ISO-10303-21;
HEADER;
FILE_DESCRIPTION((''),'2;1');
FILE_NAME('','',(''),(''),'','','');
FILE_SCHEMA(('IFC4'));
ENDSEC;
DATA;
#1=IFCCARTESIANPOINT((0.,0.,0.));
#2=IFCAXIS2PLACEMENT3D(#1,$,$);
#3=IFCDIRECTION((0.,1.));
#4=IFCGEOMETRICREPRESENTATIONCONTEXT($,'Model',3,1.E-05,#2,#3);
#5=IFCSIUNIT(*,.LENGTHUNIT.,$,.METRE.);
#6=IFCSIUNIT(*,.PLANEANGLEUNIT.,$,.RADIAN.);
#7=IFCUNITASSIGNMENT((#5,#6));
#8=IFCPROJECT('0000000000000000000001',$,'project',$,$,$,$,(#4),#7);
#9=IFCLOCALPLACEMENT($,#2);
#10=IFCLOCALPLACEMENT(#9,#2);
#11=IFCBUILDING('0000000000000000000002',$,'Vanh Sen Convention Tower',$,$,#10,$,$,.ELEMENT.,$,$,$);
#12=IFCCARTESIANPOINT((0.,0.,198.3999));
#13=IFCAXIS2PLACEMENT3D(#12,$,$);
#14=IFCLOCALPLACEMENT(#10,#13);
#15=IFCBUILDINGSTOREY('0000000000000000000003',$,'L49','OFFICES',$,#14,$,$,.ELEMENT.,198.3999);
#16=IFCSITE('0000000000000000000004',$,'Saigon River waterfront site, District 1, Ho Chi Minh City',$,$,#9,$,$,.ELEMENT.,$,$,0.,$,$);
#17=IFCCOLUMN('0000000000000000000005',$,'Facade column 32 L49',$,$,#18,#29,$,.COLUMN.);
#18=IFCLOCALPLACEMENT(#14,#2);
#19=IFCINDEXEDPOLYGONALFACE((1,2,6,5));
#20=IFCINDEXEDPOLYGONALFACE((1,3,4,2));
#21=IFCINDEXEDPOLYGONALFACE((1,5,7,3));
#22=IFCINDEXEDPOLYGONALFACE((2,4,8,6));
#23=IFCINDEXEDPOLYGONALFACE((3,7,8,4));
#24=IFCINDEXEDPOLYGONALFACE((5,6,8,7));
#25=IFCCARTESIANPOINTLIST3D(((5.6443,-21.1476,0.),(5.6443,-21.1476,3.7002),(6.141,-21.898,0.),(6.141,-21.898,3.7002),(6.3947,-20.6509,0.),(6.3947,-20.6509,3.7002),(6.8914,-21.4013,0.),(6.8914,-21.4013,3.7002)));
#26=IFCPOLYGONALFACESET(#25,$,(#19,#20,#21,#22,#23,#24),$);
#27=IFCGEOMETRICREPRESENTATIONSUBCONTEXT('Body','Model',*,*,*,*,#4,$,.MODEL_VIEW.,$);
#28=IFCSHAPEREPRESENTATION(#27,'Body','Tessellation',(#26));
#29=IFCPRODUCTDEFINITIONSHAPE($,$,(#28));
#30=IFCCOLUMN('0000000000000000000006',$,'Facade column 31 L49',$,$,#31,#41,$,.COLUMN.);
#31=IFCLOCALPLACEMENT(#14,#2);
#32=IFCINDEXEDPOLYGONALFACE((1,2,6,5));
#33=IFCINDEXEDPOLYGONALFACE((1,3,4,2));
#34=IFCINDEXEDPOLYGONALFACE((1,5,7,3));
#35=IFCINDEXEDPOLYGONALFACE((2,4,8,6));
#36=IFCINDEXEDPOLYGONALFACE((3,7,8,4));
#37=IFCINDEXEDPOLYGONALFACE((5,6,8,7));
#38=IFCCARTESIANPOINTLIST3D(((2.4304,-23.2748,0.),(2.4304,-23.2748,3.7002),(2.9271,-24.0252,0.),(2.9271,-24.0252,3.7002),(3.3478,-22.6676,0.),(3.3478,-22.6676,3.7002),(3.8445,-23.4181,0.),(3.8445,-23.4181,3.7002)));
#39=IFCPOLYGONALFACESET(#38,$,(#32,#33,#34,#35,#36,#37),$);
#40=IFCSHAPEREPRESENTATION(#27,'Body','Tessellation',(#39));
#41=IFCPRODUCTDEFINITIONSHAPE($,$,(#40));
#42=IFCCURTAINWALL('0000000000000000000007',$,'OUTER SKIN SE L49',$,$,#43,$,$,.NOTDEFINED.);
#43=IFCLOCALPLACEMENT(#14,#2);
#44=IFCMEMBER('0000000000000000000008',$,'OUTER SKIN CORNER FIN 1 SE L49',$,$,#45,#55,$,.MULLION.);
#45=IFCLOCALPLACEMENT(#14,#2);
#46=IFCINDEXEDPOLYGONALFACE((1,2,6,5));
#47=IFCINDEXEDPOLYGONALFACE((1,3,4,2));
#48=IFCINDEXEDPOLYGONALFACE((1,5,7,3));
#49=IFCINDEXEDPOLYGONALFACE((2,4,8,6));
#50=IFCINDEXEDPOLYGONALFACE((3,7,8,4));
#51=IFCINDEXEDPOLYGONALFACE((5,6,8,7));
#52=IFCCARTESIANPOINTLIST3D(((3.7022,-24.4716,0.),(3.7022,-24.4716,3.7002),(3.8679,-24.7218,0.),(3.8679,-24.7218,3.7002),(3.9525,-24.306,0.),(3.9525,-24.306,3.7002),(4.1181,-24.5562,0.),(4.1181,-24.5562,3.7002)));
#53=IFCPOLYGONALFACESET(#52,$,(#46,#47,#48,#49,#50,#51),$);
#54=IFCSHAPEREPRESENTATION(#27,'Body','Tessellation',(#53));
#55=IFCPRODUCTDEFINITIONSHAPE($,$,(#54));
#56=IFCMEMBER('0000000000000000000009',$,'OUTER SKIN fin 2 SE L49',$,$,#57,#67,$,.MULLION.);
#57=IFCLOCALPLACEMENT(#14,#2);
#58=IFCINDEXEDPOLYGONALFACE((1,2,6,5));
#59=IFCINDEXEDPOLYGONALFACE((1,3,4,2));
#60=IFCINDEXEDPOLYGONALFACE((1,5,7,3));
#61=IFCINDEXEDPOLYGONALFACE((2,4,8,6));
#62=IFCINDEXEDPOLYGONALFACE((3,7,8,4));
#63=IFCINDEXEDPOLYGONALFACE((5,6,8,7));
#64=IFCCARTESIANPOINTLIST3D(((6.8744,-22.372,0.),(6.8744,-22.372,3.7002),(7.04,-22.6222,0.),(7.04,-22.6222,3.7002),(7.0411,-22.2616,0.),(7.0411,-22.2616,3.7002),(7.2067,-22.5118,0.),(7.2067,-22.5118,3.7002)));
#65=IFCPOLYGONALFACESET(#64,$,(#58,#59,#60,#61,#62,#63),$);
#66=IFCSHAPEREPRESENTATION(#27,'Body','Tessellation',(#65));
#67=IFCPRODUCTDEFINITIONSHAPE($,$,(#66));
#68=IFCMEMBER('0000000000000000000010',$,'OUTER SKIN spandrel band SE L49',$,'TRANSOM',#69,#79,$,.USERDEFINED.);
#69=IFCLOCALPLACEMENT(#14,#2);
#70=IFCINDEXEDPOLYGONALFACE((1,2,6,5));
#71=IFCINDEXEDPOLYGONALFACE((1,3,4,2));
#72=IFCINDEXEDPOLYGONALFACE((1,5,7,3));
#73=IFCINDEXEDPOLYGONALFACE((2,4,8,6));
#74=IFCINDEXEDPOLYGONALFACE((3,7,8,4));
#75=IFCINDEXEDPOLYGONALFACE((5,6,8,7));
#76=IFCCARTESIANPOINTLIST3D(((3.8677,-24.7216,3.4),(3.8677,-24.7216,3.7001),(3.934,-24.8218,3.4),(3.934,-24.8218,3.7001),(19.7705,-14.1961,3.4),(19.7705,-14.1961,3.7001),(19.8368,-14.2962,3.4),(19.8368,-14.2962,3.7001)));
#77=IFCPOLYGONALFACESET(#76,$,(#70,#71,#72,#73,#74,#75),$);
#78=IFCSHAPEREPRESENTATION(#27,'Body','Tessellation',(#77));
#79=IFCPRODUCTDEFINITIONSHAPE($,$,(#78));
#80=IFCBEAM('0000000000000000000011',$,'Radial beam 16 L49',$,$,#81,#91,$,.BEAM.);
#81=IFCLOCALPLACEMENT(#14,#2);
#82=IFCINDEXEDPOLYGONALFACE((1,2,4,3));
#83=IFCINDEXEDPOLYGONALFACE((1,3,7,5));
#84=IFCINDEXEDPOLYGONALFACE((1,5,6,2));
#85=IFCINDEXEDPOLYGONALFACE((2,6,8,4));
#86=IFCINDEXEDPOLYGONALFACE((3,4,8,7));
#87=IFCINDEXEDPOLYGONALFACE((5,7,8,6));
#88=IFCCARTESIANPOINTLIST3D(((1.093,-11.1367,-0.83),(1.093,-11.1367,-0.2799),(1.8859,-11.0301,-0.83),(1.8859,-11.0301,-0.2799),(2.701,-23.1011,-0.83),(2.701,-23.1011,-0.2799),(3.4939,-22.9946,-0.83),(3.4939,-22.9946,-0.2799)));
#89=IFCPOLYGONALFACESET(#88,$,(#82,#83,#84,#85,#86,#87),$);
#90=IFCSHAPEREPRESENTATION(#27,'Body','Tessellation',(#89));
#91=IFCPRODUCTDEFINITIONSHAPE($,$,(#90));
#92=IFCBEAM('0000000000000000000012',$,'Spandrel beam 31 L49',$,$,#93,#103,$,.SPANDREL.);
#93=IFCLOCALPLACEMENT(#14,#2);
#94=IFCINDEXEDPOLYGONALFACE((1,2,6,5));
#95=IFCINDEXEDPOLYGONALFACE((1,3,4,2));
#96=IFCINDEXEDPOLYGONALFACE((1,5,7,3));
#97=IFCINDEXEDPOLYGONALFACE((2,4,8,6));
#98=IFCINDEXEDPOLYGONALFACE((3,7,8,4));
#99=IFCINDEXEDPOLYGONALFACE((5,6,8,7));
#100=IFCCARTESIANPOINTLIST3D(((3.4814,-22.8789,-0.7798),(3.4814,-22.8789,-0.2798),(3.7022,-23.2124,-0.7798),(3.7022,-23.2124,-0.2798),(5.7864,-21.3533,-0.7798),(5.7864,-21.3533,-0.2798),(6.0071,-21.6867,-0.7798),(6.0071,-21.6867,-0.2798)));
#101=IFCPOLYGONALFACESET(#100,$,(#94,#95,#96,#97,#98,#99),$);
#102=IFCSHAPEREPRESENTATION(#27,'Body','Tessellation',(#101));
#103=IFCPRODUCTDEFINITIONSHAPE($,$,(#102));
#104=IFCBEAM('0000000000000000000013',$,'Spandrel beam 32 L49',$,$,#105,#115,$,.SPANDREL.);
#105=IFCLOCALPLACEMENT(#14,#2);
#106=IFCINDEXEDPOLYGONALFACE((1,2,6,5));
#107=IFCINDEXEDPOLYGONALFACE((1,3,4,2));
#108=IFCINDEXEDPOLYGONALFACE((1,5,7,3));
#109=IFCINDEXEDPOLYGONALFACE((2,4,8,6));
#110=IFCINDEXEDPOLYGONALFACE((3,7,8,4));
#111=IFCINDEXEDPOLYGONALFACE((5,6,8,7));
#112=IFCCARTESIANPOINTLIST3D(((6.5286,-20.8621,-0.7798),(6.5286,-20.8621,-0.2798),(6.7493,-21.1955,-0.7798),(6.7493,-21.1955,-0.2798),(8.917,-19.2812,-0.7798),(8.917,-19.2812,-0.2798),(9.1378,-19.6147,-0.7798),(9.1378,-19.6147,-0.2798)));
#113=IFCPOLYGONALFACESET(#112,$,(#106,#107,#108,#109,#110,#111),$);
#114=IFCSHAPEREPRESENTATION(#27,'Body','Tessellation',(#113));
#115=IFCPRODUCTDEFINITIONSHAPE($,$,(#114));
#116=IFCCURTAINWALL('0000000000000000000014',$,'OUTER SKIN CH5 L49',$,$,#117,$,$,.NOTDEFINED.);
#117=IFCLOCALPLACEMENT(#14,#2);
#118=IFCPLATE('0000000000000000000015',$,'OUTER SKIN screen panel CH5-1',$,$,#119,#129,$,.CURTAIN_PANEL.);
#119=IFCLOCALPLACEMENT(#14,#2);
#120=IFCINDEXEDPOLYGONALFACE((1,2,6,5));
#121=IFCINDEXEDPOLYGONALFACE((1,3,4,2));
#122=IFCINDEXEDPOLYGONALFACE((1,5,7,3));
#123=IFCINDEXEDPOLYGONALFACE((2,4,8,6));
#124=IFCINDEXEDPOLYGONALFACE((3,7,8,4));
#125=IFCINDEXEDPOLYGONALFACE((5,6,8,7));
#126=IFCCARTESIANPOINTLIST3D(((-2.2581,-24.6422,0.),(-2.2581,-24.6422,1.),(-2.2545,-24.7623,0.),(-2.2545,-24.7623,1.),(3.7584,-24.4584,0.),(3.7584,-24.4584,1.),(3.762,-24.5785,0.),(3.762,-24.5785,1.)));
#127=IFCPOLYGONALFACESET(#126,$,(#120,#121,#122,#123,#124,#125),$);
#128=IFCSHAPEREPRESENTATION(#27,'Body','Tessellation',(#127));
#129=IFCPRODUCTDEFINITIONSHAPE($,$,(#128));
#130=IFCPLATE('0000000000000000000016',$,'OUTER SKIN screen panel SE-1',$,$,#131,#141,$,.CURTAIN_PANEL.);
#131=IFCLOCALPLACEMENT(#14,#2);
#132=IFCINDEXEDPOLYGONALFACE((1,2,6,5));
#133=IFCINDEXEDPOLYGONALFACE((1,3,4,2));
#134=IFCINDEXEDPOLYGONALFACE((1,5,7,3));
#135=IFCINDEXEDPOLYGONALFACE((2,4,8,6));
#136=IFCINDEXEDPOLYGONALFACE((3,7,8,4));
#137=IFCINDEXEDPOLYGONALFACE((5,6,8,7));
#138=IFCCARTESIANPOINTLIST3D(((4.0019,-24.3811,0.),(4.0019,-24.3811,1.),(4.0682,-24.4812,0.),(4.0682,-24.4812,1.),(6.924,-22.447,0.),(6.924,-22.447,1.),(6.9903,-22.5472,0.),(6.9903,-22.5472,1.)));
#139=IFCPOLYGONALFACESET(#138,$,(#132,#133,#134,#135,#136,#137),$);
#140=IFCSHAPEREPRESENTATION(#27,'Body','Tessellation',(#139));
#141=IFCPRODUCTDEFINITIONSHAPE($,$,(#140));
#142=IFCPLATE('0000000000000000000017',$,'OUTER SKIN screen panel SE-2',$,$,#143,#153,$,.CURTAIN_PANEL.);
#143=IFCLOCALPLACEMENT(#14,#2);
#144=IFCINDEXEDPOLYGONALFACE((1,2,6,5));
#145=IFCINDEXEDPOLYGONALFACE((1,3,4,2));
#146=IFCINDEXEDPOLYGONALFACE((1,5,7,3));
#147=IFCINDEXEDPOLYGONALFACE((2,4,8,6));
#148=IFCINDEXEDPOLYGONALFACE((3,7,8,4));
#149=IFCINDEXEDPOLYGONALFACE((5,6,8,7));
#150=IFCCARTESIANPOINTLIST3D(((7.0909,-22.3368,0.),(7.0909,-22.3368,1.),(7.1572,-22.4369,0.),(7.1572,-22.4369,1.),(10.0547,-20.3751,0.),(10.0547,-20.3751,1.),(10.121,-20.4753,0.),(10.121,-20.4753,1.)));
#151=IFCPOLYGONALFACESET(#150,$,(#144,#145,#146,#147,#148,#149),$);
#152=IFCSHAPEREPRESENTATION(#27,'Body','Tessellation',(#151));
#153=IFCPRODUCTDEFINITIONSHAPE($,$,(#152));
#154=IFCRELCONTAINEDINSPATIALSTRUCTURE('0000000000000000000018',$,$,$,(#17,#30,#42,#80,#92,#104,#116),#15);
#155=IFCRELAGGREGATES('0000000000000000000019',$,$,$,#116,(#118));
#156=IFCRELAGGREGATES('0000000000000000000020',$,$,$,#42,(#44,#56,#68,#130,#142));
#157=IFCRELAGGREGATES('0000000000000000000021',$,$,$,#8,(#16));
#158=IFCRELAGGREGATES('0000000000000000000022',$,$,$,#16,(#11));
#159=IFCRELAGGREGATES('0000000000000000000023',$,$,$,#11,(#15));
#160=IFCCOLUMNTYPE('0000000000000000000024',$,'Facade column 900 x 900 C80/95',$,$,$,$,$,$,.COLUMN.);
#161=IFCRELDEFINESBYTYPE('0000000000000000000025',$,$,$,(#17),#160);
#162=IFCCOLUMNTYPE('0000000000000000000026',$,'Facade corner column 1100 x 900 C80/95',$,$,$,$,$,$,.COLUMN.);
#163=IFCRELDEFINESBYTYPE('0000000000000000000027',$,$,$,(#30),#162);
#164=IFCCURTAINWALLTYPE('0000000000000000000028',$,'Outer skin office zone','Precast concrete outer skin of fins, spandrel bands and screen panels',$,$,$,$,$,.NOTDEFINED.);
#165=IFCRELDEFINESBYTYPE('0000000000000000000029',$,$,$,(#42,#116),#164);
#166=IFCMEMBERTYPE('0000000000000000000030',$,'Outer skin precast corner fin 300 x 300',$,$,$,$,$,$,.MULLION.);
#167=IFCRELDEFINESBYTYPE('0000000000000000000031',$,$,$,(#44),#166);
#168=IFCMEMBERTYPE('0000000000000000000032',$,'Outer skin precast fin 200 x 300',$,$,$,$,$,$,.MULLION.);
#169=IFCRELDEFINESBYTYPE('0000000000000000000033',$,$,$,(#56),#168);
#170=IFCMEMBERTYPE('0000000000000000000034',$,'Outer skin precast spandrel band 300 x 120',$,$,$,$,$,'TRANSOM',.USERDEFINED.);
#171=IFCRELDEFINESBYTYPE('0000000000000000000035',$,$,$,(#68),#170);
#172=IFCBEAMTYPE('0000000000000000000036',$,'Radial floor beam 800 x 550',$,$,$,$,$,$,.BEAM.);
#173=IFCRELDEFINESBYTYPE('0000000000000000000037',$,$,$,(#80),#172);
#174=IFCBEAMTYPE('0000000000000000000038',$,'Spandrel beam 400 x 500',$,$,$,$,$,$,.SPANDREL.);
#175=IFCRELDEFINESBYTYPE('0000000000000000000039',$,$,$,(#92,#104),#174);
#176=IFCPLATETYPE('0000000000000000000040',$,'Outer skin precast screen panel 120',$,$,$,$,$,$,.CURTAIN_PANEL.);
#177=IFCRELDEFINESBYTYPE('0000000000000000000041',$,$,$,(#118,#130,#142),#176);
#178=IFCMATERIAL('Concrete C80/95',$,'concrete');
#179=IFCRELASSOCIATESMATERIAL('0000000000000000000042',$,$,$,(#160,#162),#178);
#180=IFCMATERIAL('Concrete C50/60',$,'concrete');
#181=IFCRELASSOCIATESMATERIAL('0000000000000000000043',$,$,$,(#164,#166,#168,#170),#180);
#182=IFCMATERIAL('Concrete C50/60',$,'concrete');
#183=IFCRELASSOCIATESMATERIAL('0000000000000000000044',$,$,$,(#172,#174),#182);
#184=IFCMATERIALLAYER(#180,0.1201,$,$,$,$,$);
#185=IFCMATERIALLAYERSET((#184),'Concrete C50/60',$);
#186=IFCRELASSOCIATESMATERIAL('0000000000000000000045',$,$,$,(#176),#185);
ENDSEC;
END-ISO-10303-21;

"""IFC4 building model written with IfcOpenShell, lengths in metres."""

from ifc_helpers import new_model, si_unit, direction, frame, origin, origin_2d, place, context, subcontext, project, spatial, rectangle, extrude, material, layer, layer_set, material_profile, profile_set, type_object, element, aggregate, save


model = new_model("IFC4")

# Units and contexts
model_context = context("Model", 3, precision=1e-05, world=origin(), true_north=direction((0.0, 1.0)))
body_context = subcontext(model_context, "Body", "Model", "MODEL_VIEW")
ifc_project = project(units=[si_unit("LENGTHUNIT", "METRE"), si_unit("PLANEANGLEUNIT", "RADIAN")], contexts=[model_context])

# Site, building, storey
site_placement = place(None, origin())
site = spatial("IfcSite", under=ifc_project, at=site_placement, Name="Saigon River waterfront site, District 1, Ho Chi Minh City", CompositionType="ELEMENT", RefElevation=0.0)
building_placement = place(site_placement, origin())
building = spatial("IfcBuilding", under=site, at=building_placement, Name="Vanh Sen Convention Tower", CompositionType="ELEMENT")
storey_placement = place(building_placement, frame((0.0, 0.0, 198.3999)))
storey = spatial("IfcBuildingStorey", under=building, at=storey_placement, Name="L49", Description="OFFICES", CompositionType="ELEMENT", Elevation=198.3999)

# Columns
ifc_material_1 = material(Name="Concrete C80/95", Category="concrete")
ifc_material_profile_1 = material_profile(ifc_material_1, rectangle(XDim=0.8999, YDim=0.8999, at=origin_2d()), Name="RC 900X900")
ifc_profile_set_1 = profile_set([ifc_material_profile_1], Name="Concrete C80/95")
column_type_1 = type_object("IfcColumnType", Name="Facade column 900 x 900 C80/95", PredefinedType="COLUMN", material=ifc_profile_set_1)
column_1_placement = place(storey_placement, frame((6.2678, -21.2744, 0.0), z_axis=(0.0, 0.0, 1.0), x_axis=(0.833886, 0.551937, 0.0)))
element("IfcColumn", 1, at=column_1_placement, inside=storey, type_object=column_type_1, Name="Facade column 32 L49", PredefinedType="COLUMN", context=body_context, shape_type="SweptSolid", body=[
    extrude(rectangle(XDim=0.8999, YDim=0.8999, at=origin_2d()), origin(), (0.0, 0.0, 1.0), 3.7002),
])
ifc_material_profile_2 = material_profile(ifc_material_1, rectangle(XDim=1.1001, YDim=0.8999, at=origin_2d()), Name="RC 1100X900")
ifc_profile_set_2 = profile_set([ifc_material_profile_2], Name="Concrete C80/95")
column_type_2 = type_object("IfcColumnType", Name="Facade corner column 1100 x 900 C80/95", PredefinedType="COLUMN", material=ifc_profile_set_2)
column_2_placement = place(storey_placement, frame((3.1375, -23.3464, 0.0), z_axis=(0.0, 0.0, 1.0), x_axis=(0.833886, 0.551937, 0.0)))
element("IfcColumn", 2, at=column_2_placement, inside=storey, type_object=column_type_2, Name="Facade column 31 L49", PredefinedType="COLUMN", context=body_context, shape_type="SweptSolid", body=[
    extrude(rectangle(XDim=1.1001, YDim=0.8999, at=origin_2d()), origin(), (0.0, 0.0, 1.0), 3.7002),
])

# Curtain wall, members
ifc_material_2 = material(Name="Concrete C50/60", Category="concrete")
curtain_wall_type = type_object("IfcCurtainWallType", Name="Outer skin office zone", Description="Precast concrete outer skin of fins, spandrel bands and screen panels", PredefinedType="NOTDEFINED", material=ifc_material_2)
curtain_wall_1_placement = place(storey_placement, origin())
curtain_wall_1 = element("IfcCurtainWall", 3, at=curtain_wall_1_placement, inside=storey, type_object=curtain_wall_type, Name="OUTER SKIN SE L49", PredefinedType="NOTDEFINED")
ifc_material_profile_3 = material_profile(ifc_material_2, rectangle(XDim=0.3, YDim=0.3, at=origin_2d()), Name="Outer skin precast corner fin 300 x 300")
ifc_profile_set_3 = profile_set([ifc_material_profile_3], Name="Concrete C50/60")
member_type_1 = type_object("IfcMemberType", Name="Outer skin precast corner fin 300 x 300", PredefinedType="MULLION", material=ifc_profile_set_3)
member_1_placement = place(storey_placement, frame((3.9102, -24.5139, 0.0), z_axis=(0.0, 0.0, 1.0), x_axis=(0.833886, 0.551937, 0.0)))
member_1 = element("IfcMember", 4, at=member_1_placement, type_object=member_type_1, Name="OUTER SKIN CORNER FIN 1 SE L49", PredefinedType="MULLION", context=body_context, shape_type="SweptSolid", body=[
    extrude(rectangle(XDim=0.3, YDim=0.3, at=origin_2d()), origin(), (0.0, 0.0, 1.0), 3.7002),
])
ifc_material_profile_4 = material_profile(ifc_material_2, rectangle(XDim=0.2, YDim=0.3, at=origin_2d()), Name="Outer skin precast fin 200 x 300")
ifc_profile_set_4 = profile_set([ifc_material_profile_4], Name="Concrete C50/60")
member_type_2 = type_object("IfcMemberType", Name="Outer skin precast fin 200 x 300", PredefinedType="MULLION", material=ifc_profile_set_4)
member_2_placement = place(storey_placement, frame((7.0405, -22.4419, 0.0), z_axis=(0.0, 0.0, 1.0), x_axis=(0.833886, 0.551937, 0.0)))
member_2 = element("IfcMember", 5, at=member_2_placement, type_object=member_type_2, Name="OUTER SKIN fin 2 SE L49", PredefinedType="MULLION", context=body_context, shape_type="SweptSolid", body=[
    extrude(rectangle(XDim=0.2, YDim=0.3, at=origin_2d()), origin(), (0.0, 0.0, 1.0), 3.7002),
])
ifc_material_profile_5 = material_profile(ifc_material_2, rectangle(XDim=0.1201, YDim=0.3, at=origin_2d()), Name="Outer skin precast spandrel band 300 x 120")
ifc_profile_set_5 = profile_set([ifc_material_profile_5], Name="Concrete C50/60")
member_type_3 = type_object("IfcMemberType", Name="Outer skin precast spandrel band 300 x 120", ElementType="TRANSOM", PredefinedType="USERDEFINED", material=ifc_profile_set_5)
member_3_placement = place(storey_placement, frame((3.9009, -24.7717, 3.55), z_axis=(0.833891, 0.551929, 0.0), x_axis=(-0.551929, 0.833891, 0.0)))
member_3 = element("IfcMember", 6, at=member_3_placement, type_object=member_type_3, Name="OUTER SKIN spandrel band SE L49", ObjectType="TRANSOM", PredefinedType="USERDEFINED", context=body_context, shape_type="SweptSolid", body=[
    extrude(rectangle(XDim=0.1201, YDim=0.3, at=origin_2d()), origin(), (0.0, 0.0, 1.0), 19.0706),
])

# Beams
ifc_material_3 = material(Name="Concrete C50/60", Category="concrete")
ifc_material_profile_6 = material_profile(ifc_material_3, rectangle(XDim=0.8, YDim=0.55, at=origin_2d()), Name="RC 800X550")
ifc_profile_set_6 = profile_set([ifc_material_profile_6], Name="Concrete C50/60")
beam_type_1 = type_object("IfcBeamType", Name="Radial floor beam 800 x 550", PredefinedType="BEAM", material=ifc_profile_set_6)
beam_1_placement = place(storey_placement, frame((3.0974, -23.0479, -0.5549), z_axis=(-0.133194, 0.99109, 0.0), x_axis=(-0.99109, -0.133194, 0.0)))
element("IfcBeam", 7, at=beam_1_placement, inside=storey, type_object=beam_type_1, Name="Radial beam 16 L49", PredefinedType="BEAM", context=body_context, shape_type="SweptSolid", body=[
    extrude(rectangle(XDim=0.8, YDim=0.55, at=origin_2d()), origin(), (0.0, 0.0, 1.0), 12.072),
])
ifc_material_profile_7 = material_profile(ifc_material_3, rectangle(XDim=0.3999, YDim=0.5, at=origin_2d()), Name="RC 400X500")
ifc_profile_set_7 = profile_set([ifc_material_profile_7], Name="Concrete C50/60")
beam_type_2 = type_object("IfcBeamType", Name="Spandrel beam 400 x 500", PredefinedType="SPANDREL", material=ifc_profile_set_7)
beam_2_placement = place(storey_placement, frame((3.5918, -23.0457, -0.5298), z_axis=(0.83388, 0.551945, 0.0), x_axis=(-0.551945, 0.83388, 0.0)))
element("IfcBeam", 8, at=beam_2_placement, inside=storey, type_object=beam_type_2, Name="Spandrel beam 31 L49", PredefinedType="SPANDREL", context=body_context, shape_type="SweptSolid", body=[
    extrude(rectangle(XDim=0.3999, YDim=0.5, at=origin_2d()), origin(), (0.0, 0.0, 1.0), 2.7642),
])
beam_3_placement = place(storey_placement, frame((6.6389, -21.0288, -0.5298), z_axis=(0.833895, 0.551924, 0.0), x_axis=(-0.551924, 0.833895, 0.0)))
element("IfcBeam", 9, at=beam_3_placement, inside=storey, type_object=beam_type_2, Name="Spandrel beam 32 L49", PredefinedType="SPANDREL", context=body_context, shape_type="SweptSolid", body=[
    extrude(rectangle(XDim=0.3999, YDim=0.5, at=origin_2d()), origin(), (0.0, 0.0, 1.0), 2.8643),
])

# Curtain wall, plate
curtain_wall_2_placement = place(storey_placement, origin())
curtain_wall_2 = element("IfcCurtainWall", 10, at=curtain_wall_2_placement, inside=storey, type_object=curtain_wall_type, Name="OUTER SKIN CH5 L49", PredefinedType="NOTDEFINED")
ifc_layer_1 = layer(ifc_material_2, 0.1201)
ifc_layer_set_1 = layer_set([ifc_layer_1], Name="Concrete C50/60")
plate_type = type_object("IfcPlateType", Name="Outer skin precast screen panel 120", PredefinedType="CURTAIN_PANEL", material=ifc_layer_set_1)
plate_1_placement = place(storey_placement, frame((0.752, -24.6104, 0.0), z_axis=(0.0, 0.0, 1.0), x_axis=(0.999534, 0.03054, 0.0)))
plate_1 = element("IfcPlate", 11, at=plate_1_placement, type_object=plate_type, Name="OUTER SKIN screen panel CH5-1", PredefinedType="CURTAIN_PANEL", context=body_context, shape_type="SweptSolid", body=[
    extrude(rectangle(XDim=6.0193, YDim=0.1201, at=origin_2d()), origin(), (0.0, 0.0, 1.0), 1.0),
])
aggregate(curtain_wall_2, [plate_1])

# Plates
plate_2_placement = place(storey_placement, frame((5.4961, -23.4641, 0.0), z_axis=(0.0, 0.0, 1.0), x_axis=(0.83389, 0.551931, 0.0)))
plate_2 = element("IfcPlate", 12, at=plate_2_placement, type_object=plate_type, Name="OUTER SKIN screen panel SE-1", PredefinedType="CURTAIN_PANEL", context=body_context, shape_type="SweptSolid", body=[
    extrude(rectangle(XDim=3.5042, YDim=0.1201, at=origin_2d()), origin(), (0.0, 0.0, 1.0), 1.0),
])
plate_3_placement = place(storey_placement, frame((8.606, -21.406, 0.0), z_axis=(0.0, 0.0, 1.0), x_axis=(0.83389, 0.551931, 0.0)))
plate_3 = element("IfcPlate", 13, at=plate_3_placement, type_object=plate_type, Name="OUTER SKIN screen panel SE-2", PredefinedType="CURTAIN_PANEL", context=body_context, shape_type="SweptSolid", body=[
    extrude(rectangle(XDim=3.5542, YDim=0.1201, at=origin_2d()), origin(), (0.0, 0.0, 1.0), 1.0),
])
aggregate(curtain_wall_1, [member_1, member_2, member_3, plate_2, plate_3])

save(model, "model.ifc")
